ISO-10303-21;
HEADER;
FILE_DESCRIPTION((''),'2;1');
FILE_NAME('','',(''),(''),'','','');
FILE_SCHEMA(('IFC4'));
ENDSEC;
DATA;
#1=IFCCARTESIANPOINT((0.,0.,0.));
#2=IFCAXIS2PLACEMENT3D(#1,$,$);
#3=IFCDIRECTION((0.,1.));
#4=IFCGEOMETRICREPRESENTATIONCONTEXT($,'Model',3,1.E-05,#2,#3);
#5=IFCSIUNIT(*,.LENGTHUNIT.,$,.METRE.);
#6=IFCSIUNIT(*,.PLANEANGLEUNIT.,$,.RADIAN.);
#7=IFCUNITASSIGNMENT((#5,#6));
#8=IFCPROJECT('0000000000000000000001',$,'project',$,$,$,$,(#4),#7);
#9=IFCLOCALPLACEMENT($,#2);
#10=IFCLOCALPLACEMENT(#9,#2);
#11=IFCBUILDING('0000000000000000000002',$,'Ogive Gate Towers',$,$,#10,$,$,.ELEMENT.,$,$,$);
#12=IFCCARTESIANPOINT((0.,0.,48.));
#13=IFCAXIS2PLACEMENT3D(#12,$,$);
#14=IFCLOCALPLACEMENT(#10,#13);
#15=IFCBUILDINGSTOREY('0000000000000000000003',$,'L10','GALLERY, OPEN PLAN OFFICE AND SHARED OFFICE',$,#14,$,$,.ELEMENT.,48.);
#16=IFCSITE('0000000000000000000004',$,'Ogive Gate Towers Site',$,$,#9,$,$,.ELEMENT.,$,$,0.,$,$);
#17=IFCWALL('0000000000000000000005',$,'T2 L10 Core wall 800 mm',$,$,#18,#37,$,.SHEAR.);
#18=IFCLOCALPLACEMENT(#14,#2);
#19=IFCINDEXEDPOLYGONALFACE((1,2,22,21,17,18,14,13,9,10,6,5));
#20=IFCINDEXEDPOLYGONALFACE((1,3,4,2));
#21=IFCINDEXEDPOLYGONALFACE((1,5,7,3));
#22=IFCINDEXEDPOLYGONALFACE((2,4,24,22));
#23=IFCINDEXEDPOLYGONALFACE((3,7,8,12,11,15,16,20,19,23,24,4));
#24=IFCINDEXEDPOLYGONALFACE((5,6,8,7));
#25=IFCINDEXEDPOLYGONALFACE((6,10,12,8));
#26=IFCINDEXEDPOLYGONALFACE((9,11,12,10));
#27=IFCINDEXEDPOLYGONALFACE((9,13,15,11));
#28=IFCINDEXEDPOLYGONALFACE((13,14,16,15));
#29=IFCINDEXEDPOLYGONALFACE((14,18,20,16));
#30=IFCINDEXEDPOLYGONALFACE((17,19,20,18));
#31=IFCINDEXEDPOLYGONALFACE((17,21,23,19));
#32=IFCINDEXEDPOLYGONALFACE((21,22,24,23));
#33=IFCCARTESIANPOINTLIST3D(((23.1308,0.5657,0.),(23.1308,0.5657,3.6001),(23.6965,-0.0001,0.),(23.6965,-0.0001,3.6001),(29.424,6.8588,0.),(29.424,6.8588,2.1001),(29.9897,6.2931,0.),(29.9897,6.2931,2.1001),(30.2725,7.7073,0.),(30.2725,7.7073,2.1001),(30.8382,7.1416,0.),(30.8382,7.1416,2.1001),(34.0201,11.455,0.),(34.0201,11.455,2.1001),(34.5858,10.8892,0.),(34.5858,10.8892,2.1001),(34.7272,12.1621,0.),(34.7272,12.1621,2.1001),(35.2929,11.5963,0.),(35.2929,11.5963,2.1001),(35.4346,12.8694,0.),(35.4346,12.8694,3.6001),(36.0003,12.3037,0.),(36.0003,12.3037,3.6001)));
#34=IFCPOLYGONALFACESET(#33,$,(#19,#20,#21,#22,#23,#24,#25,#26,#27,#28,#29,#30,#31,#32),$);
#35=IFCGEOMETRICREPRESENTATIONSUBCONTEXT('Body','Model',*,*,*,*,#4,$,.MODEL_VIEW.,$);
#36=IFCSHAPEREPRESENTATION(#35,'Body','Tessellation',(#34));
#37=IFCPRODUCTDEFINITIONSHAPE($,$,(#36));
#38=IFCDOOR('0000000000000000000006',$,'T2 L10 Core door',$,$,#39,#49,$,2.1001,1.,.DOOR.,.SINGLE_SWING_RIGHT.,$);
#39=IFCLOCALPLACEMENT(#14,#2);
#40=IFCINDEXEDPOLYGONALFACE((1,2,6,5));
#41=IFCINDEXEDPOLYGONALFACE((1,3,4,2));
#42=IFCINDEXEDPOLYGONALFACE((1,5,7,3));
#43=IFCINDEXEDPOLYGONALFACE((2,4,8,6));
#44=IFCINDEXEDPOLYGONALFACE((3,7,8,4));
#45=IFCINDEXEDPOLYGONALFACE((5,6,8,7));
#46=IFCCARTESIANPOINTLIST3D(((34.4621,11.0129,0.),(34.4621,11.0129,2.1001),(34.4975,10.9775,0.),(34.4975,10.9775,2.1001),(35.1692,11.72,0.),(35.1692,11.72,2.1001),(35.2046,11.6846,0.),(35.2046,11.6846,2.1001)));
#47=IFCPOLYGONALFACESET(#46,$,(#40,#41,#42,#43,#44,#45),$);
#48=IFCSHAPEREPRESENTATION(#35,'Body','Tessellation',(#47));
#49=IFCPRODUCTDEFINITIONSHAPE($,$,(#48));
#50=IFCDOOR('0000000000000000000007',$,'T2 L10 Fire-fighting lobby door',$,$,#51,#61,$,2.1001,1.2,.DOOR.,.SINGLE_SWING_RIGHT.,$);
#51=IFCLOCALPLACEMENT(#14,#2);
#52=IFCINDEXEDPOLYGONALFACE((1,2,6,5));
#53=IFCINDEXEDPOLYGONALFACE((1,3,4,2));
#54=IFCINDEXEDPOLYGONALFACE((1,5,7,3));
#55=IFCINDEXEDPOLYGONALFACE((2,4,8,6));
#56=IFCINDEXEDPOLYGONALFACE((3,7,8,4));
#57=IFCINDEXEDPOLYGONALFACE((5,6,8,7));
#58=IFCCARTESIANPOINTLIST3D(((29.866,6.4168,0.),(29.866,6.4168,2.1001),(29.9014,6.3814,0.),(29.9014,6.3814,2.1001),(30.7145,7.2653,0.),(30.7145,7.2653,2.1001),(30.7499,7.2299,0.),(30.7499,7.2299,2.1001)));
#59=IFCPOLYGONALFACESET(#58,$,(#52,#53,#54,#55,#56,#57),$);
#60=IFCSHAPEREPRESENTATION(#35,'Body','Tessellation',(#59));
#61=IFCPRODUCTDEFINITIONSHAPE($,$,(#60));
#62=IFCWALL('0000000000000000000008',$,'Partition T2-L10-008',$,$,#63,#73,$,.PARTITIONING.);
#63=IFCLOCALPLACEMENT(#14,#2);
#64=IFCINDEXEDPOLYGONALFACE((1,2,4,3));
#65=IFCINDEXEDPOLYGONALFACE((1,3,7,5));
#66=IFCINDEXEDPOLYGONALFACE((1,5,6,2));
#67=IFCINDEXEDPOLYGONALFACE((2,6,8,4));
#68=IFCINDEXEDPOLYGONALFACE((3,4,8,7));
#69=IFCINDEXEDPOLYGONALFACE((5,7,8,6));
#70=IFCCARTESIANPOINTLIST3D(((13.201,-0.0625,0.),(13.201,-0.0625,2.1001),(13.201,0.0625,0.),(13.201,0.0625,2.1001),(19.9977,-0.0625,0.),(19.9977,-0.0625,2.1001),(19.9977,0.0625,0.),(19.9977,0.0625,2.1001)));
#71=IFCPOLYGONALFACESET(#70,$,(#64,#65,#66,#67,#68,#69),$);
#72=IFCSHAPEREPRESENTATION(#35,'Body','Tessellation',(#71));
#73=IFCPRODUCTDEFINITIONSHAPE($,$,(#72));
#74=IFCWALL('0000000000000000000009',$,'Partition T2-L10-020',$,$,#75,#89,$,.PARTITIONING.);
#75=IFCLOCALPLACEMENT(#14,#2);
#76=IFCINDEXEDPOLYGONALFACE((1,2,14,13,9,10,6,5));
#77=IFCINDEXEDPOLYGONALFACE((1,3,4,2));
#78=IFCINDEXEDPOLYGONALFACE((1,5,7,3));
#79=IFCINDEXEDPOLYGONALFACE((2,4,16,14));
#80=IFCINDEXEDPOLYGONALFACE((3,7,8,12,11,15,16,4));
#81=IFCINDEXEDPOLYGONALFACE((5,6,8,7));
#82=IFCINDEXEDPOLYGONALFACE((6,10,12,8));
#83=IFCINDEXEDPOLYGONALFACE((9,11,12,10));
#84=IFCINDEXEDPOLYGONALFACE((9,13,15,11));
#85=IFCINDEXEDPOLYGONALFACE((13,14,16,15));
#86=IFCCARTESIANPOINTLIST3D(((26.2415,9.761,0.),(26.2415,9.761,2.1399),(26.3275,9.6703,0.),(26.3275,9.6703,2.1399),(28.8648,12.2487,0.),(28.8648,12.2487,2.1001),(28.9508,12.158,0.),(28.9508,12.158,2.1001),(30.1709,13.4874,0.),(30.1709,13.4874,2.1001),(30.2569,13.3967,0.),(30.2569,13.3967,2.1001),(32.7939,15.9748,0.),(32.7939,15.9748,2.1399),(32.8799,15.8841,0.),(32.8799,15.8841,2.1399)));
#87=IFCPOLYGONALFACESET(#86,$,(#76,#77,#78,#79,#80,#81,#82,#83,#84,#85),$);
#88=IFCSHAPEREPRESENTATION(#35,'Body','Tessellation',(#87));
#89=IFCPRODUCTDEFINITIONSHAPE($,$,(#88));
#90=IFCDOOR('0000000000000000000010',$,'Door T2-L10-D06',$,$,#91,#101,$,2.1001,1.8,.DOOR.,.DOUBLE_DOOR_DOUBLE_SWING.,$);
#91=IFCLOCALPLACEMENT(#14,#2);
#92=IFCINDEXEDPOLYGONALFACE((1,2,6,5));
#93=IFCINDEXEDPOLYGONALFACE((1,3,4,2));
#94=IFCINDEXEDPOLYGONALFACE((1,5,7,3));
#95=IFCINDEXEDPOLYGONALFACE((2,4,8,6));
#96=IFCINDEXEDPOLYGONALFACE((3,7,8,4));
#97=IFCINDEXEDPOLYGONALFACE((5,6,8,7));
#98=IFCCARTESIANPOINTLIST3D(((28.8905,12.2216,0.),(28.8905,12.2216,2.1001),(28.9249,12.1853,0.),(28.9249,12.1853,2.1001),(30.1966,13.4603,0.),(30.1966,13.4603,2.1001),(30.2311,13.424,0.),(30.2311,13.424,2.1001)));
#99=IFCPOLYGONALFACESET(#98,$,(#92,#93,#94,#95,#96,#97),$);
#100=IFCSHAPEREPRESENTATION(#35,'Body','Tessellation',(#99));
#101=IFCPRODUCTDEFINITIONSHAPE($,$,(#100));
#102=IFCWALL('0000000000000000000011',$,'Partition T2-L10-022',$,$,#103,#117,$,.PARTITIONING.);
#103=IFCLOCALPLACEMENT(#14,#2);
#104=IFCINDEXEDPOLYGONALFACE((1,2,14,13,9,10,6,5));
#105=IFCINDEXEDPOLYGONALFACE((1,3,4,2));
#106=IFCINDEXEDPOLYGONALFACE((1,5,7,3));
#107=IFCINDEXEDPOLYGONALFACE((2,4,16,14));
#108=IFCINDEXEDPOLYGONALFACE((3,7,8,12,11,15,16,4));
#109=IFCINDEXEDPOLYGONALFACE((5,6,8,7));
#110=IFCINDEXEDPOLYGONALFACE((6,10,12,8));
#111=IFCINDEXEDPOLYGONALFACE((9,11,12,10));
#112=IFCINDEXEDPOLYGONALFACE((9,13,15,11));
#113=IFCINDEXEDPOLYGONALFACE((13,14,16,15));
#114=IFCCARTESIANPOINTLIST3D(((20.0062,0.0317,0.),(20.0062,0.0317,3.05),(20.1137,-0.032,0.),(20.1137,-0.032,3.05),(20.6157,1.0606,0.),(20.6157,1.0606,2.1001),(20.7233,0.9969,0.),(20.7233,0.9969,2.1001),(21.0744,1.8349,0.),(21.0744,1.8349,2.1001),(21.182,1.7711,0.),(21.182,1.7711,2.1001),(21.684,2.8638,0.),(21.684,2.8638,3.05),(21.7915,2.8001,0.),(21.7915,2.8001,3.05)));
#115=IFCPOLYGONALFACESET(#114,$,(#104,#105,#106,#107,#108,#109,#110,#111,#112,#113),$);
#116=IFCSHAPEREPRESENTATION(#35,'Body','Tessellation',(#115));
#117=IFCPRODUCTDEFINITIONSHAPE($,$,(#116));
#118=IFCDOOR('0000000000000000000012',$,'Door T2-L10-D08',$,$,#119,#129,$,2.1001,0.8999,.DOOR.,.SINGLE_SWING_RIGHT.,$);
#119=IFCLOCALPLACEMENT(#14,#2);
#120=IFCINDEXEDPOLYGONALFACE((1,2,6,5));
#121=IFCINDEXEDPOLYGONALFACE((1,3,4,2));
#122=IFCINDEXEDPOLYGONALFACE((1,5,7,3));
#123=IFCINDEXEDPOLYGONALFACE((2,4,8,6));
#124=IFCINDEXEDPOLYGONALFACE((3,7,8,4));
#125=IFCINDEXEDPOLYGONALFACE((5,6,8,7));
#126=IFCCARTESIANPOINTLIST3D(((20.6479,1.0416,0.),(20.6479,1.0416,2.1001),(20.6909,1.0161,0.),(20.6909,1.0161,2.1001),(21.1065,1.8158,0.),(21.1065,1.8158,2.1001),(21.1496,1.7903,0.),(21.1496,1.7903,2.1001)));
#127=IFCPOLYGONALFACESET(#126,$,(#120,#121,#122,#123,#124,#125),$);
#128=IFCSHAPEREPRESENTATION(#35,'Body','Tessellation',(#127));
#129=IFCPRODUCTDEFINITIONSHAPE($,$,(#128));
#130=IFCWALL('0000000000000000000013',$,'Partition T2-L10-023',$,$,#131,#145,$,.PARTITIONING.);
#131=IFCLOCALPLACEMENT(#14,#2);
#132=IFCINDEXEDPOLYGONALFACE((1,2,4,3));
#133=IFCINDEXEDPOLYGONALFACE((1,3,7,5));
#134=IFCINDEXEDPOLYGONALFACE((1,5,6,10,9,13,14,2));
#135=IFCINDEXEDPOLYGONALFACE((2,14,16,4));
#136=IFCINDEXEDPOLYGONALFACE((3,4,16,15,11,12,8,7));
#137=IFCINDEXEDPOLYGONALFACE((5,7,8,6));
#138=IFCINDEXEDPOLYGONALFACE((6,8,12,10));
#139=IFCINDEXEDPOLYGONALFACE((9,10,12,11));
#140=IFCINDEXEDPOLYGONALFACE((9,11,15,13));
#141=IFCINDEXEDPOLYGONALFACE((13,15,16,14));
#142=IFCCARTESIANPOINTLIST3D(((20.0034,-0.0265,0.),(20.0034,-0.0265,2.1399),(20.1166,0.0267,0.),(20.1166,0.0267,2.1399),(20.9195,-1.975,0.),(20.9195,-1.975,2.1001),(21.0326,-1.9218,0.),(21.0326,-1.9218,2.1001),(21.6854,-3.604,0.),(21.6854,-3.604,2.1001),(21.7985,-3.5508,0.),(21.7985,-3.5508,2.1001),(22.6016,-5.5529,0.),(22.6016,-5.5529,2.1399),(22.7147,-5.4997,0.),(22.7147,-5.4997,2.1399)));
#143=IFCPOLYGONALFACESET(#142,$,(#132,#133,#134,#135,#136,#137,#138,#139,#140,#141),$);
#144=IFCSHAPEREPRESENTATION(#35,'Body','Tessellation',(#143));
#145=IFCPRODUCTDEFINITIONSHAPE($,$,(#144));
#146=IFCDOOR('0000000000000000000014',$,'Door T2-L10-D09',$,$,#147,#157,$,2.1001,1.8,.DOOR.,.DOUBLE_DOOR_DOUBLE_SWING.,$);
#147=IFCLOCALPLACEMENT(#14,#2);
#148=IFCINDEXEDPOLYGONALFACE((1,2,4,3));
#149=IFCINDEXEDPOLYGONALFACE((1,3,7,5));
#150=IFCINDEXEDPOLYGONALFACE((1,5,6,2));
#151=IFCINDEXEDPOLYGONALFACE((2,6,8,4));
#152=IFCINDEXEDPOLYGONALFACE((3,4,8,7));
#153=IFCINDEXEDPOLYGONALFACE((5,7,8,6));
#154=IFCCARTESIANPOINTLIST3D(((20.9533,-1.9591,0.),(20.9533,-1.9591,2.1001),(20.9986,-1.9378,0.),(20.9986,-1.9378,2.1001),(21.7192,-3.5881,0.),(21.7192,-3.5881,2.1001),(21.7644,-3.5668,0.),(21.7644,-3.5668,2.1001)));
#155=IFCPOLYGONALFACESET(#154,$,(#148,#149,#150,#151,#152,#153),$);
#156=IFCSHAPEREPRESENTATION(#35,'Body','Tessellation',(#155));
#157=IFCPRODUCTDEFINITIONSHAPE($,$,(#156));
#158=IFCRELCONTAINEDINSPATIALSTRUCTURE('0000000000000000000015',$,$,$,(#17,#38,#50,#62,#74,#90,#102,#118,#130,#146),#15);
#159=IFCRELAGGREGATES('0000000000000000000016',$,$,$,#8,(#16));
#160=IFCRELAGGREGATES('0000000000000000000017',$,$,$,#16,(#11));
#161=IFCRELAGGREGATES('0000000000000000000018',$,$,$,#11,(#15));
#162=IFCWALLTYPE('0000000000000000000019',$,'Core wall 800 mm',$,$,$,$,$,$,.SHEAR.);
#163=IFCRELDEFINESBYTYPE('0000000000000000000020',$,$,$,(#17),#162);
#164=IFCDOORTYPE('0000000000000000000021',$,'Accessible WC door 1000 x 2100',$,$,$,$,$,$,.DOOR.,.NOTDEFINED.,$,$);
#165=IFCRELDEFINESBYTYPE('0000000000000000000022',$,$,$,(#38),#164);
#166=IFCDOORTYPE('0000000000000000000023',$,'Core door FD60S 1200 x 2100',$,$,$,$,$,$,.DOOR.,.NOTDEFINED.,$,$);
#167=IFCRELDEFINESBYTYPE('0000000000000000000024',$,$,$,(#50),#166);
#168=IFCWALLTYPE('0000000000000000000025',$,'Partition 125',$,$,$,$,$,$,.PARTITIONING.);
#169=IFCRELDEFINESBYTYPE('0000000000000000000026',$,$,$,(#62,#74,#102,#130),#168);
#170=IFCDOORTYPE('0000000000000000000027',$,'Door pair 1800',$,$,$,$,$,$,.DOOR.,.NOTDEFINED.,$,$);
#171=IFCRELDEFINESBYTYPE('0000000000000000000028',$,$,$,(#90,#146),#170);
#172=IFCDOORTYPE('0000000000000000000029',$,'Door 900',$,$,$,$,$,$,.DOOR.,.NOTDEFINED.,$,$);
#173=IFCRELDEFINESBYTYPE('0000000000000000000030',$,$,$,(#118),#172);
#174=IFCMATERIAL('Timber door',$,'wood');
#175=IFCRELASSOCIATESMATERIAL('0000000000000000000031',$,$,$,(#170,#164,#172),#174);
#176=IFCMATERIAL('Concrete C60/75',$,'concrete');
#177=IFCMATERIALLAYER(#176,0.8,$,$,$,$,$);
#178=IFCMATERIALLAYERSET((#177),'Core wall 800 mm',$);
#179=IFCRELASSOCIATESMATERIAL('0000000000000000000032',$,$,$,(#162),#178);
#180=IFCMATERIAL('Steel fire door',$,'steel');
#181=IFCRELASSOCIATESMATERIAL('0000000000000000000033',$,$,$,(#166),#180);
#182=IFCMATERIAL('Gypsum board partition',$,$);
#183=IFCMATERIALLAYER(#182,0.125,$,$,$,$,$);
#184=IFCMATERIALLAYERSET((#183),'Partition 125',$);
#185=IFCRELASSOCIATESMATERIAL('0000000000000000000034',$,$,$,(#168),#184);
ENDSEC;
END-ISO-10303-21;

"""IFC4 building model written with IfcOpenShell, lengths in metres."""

from ifc_helpers import new_model, si_unit, direction, frame, frame_2d, origin, place, context, subcontext, project, spatial, rectangle, extrude, material, layer, layer_set, type_object, element, fill, save


model = new_model("IFC4")

# Units and contexts
model_context = context("Model", 3, precision=1e-05, world=origin(), true_north=direction((0.0, 1.0)))
body_context = subcontext(model_context, "Body", "Model", "MODEL_VIEW")
ifc_project = project(units=[si_unit("LENGTHUNIT", "METRE"), si_unit("PLANEANGLEUNIT", "RADIAN")], contexts=[model_context])

# Site, building, storey
site_placement = place(None, origin())
site = spatial("IfcSite", under=ifc_project, at=site_placement, Name="Ogive Gate Towers Site", CompositionType="ELEMENT", RefElevation=0.0)
building_placement = place(site_placement, origin())
building = spatial("IfcBuilding", under=site, at=building_placement, Name="Ogive Gate Towers", CompositionType="ELEMENT")
storey_placement = place(building_placement, frame((0.0, 0.0, 48.0)))
storey = spatial("IfcBuildingStorey", under=building, at=storey_placement, Name="L10", Description="GALLERY, OPEN PLAN OFFICE AND SHARED OFFICE", CompositionType="ELEMENT", Elevation=48.0)

# Shared definitions
ifc_material_1 = material(Name="Timber door", Category="wood")
door_type_1 = type_object("IfcDoorType", Name="Door pair 1800", OperationType="NOTDEFINED", PredefinedType="DOOR", material=ifc_material_1)

# Wall, openings, doors
ifc_material_2 = material(Name="Concrete C60/75", Category="concrete")
ifc_layer_1 = layer(ifc_material_2, 0.8)
ifc_layer_set_1 = layer_set([ifc_layer_1], Name="Core wall 800 mm")
wall_type_1 = type_object("IfcWallType", Name="Core wall 800 mm", PredefinedType="SHEAR", material=ifc_layer_set_1)
wall_1_placement = place(storey_placement, frame((23.4136, 0.2827, 0.0), z_axis=(0.0, 0.0, 1.0), x_axis=(0.707107, 0.707107, 0.0)))
wall_1 = element("IfcWall", 1, at=wall_1_placement, inside=storey, type_object=wall_type_1, Name="T2 L10 Core wall 800 mm", PredefinedType="SHEAR", context=body_context, shape_type="SweptSolid", body=[
    extrude(rectangle(XDim=17.4001, YDim=0.8, at=frame_2d((8.7002, 0.0))), origin(), (0.0, 0.0, 1.0), 3.6001),
])
opening_1_placement = place(wall_1_placement, frame((8.8999, 0.0, 0.0)))
opening_1 = element("IfcOpeningElement", 2, at=opening_1_placement, cuts=wall_1, PredefinedType="OPENING", context=body_context, shape_type="SweptSolid", body=[
    extrude(rectangle(XDim=1.2, YDim=2.1001, at=frame_2d((0.6001, 1.05))), frame((0.0, 0.4102, 0.0), z_axis=(0.0, -1.0, 0.0), x_axis=(1.0, 0.0, 0.0)), (0.0, 0.0, 1.0), 0.8201),
])
opening_2_placement = place(wall_1_placement, frame((15.3999, 0.0, 0.0)))
opening_2 = element("IfcOpeningElement", 3, at=opening_2_placement, cuts=wall_1, PredefinedType="OPENING", context=body_context, shape_type="SweptSolid", body=[
    extrude(rectangle(XDim=1.0, YDim=2.1001, at=frame_2d((0.5, 1.05))), frame((0.0, 0.4102, 0.0), z_axis=(0.0, -1.0, 0.0), x_axis=(1.0, 0.0, 0.0)), (0.0, 0.0, 1.0), 0.8201),
])
door_type_2 = type_object("IfcDoorType", Name="Accessible WC door 1000 x 2100", OperationType="NOTDEFINED", PredefinedType="DOOR", material=ifc_material_1)
door_1_placement = place(opening_2_placement, origin())
door_1 = element("IfcDoor", 4, at=door_1_placement, inside=storey, type_object=door_type_2, Name="T2 L10 Core door", OperationType="SINGLE_SWING_RIGHT", OverallHeight=2.1001, OverallWidth=1.0, PredefinedType="DOOR", context=body_context, shape_type="SweptSolid", body=[
    extrude(rectangle(XDim=1.0, YDim=2.1001, at=frame_2d((0.5, 1.05))), frame((0.0, -0.2251, 0.0), z_axis=(0.0, -1.0, 0.0), x_axis=(1.0, 0.0, 0.0)), (0.0, 0.0, 1.0), 0.05),
])
fill(opening_2, door_1)
ifc_material_3 = material(Name="Steel fire door", Category="steel")
door_type_3 = type_object("IfcDoorType", Name="Core door FD60S 1200 x 2100", OperationType="NOTDEFINED", PredefinedType="DOOR", material=ifc_material_3)
door_2_placement = place(opening_1_placement, origin())
door_2 = element("IfcDoor", 5, at=door_2_placement, inside=storey, type_object=door_type_3, Name="T2 L10 Fire-fighting lobby door", OperationType="SINGLE_SWING_RIGHT", OverallHeight=2.1001, OverallWidth=1.2, PredefinedType="DOOR", context=body_context, shape_type="SweptSolid", body=[
    extrude(rectangle(XDim=1.2, YDim=2.1001, at=frame_2d((0.6001, 1.05))), frame((0.0, -0.2251, 0.0), z_axis=(0.0, -1.0, 0.0), x_axis=(1.0, 0.0, 0.0)), (0.0, 0.0, 1.0), 0.05),
])
fill(opening_1, door_2)

# Wall
ifc_material_4 = material(Name="Gypsum board partition")
ifc_layer_2 = layer(ifc_material_4, 0.125)
ifc_layer_set_2 = layer_set([ifc_layer_2], Name="Partition 125")
wall_type_2 = type_object("IfcWallType", Name="Partition 125", PredefinedType="PARTITIONING", material=ifc_layer_set_2)
wall_2_placement = place(storey_placement, frame((13.2009, 0.0, 0.0), z_axis=(0.0, 0.0, 1.0), x_axis=(1.0, 0.0, 0.0)))
element("IfcWall", 6, at=wall_2_placement, inside=storey, type_object=wall_type_2, Name="Partition T2-L10-008", PredefinedType="PARTITIONING", context=body_context, shape_type="SweptSolid", body=[
    extrude(rectangle(XDim=6.7966, YDim=0.125, at=frame_2d((3.3984, 0.0))), origin(), (0.0, 0.0, 1.0), 2.1001),
])

# Walls, openings, doors
wall_3_placement = place(storey_placement, frame((32.8369, 15.9294, 0.0), z_axis=(0.0, 0.0, 1.0), x_axis=(-0.725607, -0.688109, 0.0)))
wall_3 = element("IfcWall", 7, at=wall_3_placement, inside=storey, type_object=wall_type_2, Name="Partition T2-L10-020", PredefinedType="PARTITIONING", context=body_context, shape_type="SweptSolid", body=[
    extrude(rectangle(XDim=9.0303, YDim=0.125, at=frame_2d((4.5151, 0.0))), origin(), (0.0, 0.0, 1.0), 2.1399),
])
opening_3_placement = place(wall_3_placement, frame((3.615, 0.0, 0.0)))
opening_3 = element("IfcOpeningElement", 8, at=opening_3_placement, cuts=wall_3, PredefinedType="OPENING", context=body_context, shape_type="SweptSolid", body=[
    extrude(rectangle(XDim=1.8, YDim=2.1001, at=frame_2d((0.8999, 1.05))), frame((0.0, 0.0725, 0.0), z_axis=(0.0, -1.0, 0.0), x_axis=(1.0, 0.0, 0.0)), (0.0, 0.0, 1.0), 0.145),
])
door_3_placement = place(opening_3_placement, origin())
door_3 = element("IfcDoor", 9, at=door_3_placement, inside=storey, type_object=door_type_1, Name="Door T2-L10-D06", OperationType="DOUBLE_DOOR_DOUBLE_SWING", OverallHeight=2.1001, OverallWidth=1.8, PredefinedType="DOOR", context=body_context, shape_type="SweptSolid", body=[
    extrude(rectangle(XDim=1.8, YDim=2.1001, at=frame_2d((0.8999, 1.05))), frame((0.0, 0.0249, 0.0), z_axis=(0.0, -1.0, 0.0), x_axis=(1.0, 0.0, 0.0)), (0.0, 0.0, 1.0), 0.05),
])
fill(opening_3, door_3)
wall_4_placement = place(storey_placement, frame((21.7378, 2.832, 0.0), z_axis=(0.0, 0.0, 1.0), x_axis=(-0.509689, -0.860359, 0.0)))
wall_4 = element("IfcWall", 10, at=wall_4_placement, inside=storey, type_object=wall_type_2, Name="Partition T2-L10-022", PredefinedType="PARTITIONING", context=body_context, shape_type="SweptSolid", body=[
    extrude(rectangle(XDim=3.2917, YDim=0.125, at=frame_2d((1.646, 0.0))), origin(), (0.0, 0.0, 1.0), 3.05),
])
opening_4_placement = place(wall_4_placement, frame((1.196, 0.0, 0.0)))
opening_4 = element("IfcOpeningElement", 11, at=opening_4_placement, cuts=wall_4, PredefinedType="OPENING", context=body_context, shape_type="SweptSolid", body=[
    extrude(rectangle(XDim=0.8999, YDim=2.1001, at=frame_2d((0.45, 1.05))), frame((0.0, 0.0725, 0.0), z_axis=(0.0, -1.0, 0.0), x_axis=(1.0, 0.0, 0.0)), (0.0, 0.0, 1.0), 0.145),
])
door_type_4 = type_object("IfcDoorType", Name="Door 900", OperationType="NOTDEFINED", PredefinedType="DOOR", material=ifc_material_1)
door_4_placement = place(opening_4_placement, origin())
door_4 = element("IfcDoor", 12, at=door_4_placement, inside=storey, type_object=door_type_4, Name="Door T2-L10-D08", OperationType="SINGLE_SWING_RIGHT", OverallHeight=2.1001, OverallWidth=0.8999, PredefinedType="DOOR", context=body_context, shape_type="SweptSolid", body=[
    extrude(rectangle(XDim=0.8999, YDim=2.1001, at=frame_2d((0.45, 1.05))), frame((0.0, 0.0249, 0.0), z_axis=(0.0, -1.0, 0.0), x_axis=(1.0, 0.0, 0.0)), (0.0, 0.0, 1.0), 0.05),
])
fill(opening_4, door_4)
wall_5_placement = place(storey_placement, frame((20.0601, 0.0, 0.0), z_axis=(0.0, 0.0, 1.0), x_axis=(0.425462, -0.904976, 0.0)))
wall_5 = element("IfcWall", 13, at=wall_5_placement, inside=storey, type_object=wall_type_2, Name="Partition T2-L10-023", PredefinedType="PARTITIONING", context=body_context, shape_type="SweptSolid", body=[
    extrude(rectangle(XDim=6.1067, YDim=0.125, at=frame_2d((3.0532, 0.0))), origin(), (0.0, 0.0, 1.0), 2.1399),
])
opening_5_placement = place(wall_5_placement, frame((2.1531, 0.0, 0.0)))
opening_5 = element("IfcOpeningElement", 14, at=opening_5_placement, cuts=wall_5, PredefinedType="OPENING", context=body_context, shape_type="SweptSolid", body=[
    extrude(rectangle(XDim=1.8, YDim=2.1001, at=frame_2d((0.8999, 1.05))), frame((0.0, 0.0725, 0.0), z_axis=(0.0, -1.0, 0.0), x_axis=(1.0, 0.0, 0.0)), (0.0, 0.0, 1.0), 0.145),
])
door_5_placement = place(opening_5_placement, origin())
door_5 = element("IfcDoor", 15, at=door_5_placement, inside=storey, type_object=door_type_1, Name="Door T2-L10-D09", OperationType="DOUBLE_DOOR_DOUBLE_SWING", OverallHeight=2.1001, OverallWidth=1.8, PredefinedType="DOOR", context=body_context, shape_type="SweptSolid", body=[
    extrude(rectangle(XDim=1.8, YDim=2.1001, at=frame_2d((0.8999, 1.05))), frame((0.0, 0.0249, 0.0), z_axis=(0.0, -1.0, 0.0), x_axis=(1.0, 0.0, 0.0)), (0.0, 0.0, 1.0), 0.05),
])
fill(opening_5, door_5)

save(model, "model.ifc")
